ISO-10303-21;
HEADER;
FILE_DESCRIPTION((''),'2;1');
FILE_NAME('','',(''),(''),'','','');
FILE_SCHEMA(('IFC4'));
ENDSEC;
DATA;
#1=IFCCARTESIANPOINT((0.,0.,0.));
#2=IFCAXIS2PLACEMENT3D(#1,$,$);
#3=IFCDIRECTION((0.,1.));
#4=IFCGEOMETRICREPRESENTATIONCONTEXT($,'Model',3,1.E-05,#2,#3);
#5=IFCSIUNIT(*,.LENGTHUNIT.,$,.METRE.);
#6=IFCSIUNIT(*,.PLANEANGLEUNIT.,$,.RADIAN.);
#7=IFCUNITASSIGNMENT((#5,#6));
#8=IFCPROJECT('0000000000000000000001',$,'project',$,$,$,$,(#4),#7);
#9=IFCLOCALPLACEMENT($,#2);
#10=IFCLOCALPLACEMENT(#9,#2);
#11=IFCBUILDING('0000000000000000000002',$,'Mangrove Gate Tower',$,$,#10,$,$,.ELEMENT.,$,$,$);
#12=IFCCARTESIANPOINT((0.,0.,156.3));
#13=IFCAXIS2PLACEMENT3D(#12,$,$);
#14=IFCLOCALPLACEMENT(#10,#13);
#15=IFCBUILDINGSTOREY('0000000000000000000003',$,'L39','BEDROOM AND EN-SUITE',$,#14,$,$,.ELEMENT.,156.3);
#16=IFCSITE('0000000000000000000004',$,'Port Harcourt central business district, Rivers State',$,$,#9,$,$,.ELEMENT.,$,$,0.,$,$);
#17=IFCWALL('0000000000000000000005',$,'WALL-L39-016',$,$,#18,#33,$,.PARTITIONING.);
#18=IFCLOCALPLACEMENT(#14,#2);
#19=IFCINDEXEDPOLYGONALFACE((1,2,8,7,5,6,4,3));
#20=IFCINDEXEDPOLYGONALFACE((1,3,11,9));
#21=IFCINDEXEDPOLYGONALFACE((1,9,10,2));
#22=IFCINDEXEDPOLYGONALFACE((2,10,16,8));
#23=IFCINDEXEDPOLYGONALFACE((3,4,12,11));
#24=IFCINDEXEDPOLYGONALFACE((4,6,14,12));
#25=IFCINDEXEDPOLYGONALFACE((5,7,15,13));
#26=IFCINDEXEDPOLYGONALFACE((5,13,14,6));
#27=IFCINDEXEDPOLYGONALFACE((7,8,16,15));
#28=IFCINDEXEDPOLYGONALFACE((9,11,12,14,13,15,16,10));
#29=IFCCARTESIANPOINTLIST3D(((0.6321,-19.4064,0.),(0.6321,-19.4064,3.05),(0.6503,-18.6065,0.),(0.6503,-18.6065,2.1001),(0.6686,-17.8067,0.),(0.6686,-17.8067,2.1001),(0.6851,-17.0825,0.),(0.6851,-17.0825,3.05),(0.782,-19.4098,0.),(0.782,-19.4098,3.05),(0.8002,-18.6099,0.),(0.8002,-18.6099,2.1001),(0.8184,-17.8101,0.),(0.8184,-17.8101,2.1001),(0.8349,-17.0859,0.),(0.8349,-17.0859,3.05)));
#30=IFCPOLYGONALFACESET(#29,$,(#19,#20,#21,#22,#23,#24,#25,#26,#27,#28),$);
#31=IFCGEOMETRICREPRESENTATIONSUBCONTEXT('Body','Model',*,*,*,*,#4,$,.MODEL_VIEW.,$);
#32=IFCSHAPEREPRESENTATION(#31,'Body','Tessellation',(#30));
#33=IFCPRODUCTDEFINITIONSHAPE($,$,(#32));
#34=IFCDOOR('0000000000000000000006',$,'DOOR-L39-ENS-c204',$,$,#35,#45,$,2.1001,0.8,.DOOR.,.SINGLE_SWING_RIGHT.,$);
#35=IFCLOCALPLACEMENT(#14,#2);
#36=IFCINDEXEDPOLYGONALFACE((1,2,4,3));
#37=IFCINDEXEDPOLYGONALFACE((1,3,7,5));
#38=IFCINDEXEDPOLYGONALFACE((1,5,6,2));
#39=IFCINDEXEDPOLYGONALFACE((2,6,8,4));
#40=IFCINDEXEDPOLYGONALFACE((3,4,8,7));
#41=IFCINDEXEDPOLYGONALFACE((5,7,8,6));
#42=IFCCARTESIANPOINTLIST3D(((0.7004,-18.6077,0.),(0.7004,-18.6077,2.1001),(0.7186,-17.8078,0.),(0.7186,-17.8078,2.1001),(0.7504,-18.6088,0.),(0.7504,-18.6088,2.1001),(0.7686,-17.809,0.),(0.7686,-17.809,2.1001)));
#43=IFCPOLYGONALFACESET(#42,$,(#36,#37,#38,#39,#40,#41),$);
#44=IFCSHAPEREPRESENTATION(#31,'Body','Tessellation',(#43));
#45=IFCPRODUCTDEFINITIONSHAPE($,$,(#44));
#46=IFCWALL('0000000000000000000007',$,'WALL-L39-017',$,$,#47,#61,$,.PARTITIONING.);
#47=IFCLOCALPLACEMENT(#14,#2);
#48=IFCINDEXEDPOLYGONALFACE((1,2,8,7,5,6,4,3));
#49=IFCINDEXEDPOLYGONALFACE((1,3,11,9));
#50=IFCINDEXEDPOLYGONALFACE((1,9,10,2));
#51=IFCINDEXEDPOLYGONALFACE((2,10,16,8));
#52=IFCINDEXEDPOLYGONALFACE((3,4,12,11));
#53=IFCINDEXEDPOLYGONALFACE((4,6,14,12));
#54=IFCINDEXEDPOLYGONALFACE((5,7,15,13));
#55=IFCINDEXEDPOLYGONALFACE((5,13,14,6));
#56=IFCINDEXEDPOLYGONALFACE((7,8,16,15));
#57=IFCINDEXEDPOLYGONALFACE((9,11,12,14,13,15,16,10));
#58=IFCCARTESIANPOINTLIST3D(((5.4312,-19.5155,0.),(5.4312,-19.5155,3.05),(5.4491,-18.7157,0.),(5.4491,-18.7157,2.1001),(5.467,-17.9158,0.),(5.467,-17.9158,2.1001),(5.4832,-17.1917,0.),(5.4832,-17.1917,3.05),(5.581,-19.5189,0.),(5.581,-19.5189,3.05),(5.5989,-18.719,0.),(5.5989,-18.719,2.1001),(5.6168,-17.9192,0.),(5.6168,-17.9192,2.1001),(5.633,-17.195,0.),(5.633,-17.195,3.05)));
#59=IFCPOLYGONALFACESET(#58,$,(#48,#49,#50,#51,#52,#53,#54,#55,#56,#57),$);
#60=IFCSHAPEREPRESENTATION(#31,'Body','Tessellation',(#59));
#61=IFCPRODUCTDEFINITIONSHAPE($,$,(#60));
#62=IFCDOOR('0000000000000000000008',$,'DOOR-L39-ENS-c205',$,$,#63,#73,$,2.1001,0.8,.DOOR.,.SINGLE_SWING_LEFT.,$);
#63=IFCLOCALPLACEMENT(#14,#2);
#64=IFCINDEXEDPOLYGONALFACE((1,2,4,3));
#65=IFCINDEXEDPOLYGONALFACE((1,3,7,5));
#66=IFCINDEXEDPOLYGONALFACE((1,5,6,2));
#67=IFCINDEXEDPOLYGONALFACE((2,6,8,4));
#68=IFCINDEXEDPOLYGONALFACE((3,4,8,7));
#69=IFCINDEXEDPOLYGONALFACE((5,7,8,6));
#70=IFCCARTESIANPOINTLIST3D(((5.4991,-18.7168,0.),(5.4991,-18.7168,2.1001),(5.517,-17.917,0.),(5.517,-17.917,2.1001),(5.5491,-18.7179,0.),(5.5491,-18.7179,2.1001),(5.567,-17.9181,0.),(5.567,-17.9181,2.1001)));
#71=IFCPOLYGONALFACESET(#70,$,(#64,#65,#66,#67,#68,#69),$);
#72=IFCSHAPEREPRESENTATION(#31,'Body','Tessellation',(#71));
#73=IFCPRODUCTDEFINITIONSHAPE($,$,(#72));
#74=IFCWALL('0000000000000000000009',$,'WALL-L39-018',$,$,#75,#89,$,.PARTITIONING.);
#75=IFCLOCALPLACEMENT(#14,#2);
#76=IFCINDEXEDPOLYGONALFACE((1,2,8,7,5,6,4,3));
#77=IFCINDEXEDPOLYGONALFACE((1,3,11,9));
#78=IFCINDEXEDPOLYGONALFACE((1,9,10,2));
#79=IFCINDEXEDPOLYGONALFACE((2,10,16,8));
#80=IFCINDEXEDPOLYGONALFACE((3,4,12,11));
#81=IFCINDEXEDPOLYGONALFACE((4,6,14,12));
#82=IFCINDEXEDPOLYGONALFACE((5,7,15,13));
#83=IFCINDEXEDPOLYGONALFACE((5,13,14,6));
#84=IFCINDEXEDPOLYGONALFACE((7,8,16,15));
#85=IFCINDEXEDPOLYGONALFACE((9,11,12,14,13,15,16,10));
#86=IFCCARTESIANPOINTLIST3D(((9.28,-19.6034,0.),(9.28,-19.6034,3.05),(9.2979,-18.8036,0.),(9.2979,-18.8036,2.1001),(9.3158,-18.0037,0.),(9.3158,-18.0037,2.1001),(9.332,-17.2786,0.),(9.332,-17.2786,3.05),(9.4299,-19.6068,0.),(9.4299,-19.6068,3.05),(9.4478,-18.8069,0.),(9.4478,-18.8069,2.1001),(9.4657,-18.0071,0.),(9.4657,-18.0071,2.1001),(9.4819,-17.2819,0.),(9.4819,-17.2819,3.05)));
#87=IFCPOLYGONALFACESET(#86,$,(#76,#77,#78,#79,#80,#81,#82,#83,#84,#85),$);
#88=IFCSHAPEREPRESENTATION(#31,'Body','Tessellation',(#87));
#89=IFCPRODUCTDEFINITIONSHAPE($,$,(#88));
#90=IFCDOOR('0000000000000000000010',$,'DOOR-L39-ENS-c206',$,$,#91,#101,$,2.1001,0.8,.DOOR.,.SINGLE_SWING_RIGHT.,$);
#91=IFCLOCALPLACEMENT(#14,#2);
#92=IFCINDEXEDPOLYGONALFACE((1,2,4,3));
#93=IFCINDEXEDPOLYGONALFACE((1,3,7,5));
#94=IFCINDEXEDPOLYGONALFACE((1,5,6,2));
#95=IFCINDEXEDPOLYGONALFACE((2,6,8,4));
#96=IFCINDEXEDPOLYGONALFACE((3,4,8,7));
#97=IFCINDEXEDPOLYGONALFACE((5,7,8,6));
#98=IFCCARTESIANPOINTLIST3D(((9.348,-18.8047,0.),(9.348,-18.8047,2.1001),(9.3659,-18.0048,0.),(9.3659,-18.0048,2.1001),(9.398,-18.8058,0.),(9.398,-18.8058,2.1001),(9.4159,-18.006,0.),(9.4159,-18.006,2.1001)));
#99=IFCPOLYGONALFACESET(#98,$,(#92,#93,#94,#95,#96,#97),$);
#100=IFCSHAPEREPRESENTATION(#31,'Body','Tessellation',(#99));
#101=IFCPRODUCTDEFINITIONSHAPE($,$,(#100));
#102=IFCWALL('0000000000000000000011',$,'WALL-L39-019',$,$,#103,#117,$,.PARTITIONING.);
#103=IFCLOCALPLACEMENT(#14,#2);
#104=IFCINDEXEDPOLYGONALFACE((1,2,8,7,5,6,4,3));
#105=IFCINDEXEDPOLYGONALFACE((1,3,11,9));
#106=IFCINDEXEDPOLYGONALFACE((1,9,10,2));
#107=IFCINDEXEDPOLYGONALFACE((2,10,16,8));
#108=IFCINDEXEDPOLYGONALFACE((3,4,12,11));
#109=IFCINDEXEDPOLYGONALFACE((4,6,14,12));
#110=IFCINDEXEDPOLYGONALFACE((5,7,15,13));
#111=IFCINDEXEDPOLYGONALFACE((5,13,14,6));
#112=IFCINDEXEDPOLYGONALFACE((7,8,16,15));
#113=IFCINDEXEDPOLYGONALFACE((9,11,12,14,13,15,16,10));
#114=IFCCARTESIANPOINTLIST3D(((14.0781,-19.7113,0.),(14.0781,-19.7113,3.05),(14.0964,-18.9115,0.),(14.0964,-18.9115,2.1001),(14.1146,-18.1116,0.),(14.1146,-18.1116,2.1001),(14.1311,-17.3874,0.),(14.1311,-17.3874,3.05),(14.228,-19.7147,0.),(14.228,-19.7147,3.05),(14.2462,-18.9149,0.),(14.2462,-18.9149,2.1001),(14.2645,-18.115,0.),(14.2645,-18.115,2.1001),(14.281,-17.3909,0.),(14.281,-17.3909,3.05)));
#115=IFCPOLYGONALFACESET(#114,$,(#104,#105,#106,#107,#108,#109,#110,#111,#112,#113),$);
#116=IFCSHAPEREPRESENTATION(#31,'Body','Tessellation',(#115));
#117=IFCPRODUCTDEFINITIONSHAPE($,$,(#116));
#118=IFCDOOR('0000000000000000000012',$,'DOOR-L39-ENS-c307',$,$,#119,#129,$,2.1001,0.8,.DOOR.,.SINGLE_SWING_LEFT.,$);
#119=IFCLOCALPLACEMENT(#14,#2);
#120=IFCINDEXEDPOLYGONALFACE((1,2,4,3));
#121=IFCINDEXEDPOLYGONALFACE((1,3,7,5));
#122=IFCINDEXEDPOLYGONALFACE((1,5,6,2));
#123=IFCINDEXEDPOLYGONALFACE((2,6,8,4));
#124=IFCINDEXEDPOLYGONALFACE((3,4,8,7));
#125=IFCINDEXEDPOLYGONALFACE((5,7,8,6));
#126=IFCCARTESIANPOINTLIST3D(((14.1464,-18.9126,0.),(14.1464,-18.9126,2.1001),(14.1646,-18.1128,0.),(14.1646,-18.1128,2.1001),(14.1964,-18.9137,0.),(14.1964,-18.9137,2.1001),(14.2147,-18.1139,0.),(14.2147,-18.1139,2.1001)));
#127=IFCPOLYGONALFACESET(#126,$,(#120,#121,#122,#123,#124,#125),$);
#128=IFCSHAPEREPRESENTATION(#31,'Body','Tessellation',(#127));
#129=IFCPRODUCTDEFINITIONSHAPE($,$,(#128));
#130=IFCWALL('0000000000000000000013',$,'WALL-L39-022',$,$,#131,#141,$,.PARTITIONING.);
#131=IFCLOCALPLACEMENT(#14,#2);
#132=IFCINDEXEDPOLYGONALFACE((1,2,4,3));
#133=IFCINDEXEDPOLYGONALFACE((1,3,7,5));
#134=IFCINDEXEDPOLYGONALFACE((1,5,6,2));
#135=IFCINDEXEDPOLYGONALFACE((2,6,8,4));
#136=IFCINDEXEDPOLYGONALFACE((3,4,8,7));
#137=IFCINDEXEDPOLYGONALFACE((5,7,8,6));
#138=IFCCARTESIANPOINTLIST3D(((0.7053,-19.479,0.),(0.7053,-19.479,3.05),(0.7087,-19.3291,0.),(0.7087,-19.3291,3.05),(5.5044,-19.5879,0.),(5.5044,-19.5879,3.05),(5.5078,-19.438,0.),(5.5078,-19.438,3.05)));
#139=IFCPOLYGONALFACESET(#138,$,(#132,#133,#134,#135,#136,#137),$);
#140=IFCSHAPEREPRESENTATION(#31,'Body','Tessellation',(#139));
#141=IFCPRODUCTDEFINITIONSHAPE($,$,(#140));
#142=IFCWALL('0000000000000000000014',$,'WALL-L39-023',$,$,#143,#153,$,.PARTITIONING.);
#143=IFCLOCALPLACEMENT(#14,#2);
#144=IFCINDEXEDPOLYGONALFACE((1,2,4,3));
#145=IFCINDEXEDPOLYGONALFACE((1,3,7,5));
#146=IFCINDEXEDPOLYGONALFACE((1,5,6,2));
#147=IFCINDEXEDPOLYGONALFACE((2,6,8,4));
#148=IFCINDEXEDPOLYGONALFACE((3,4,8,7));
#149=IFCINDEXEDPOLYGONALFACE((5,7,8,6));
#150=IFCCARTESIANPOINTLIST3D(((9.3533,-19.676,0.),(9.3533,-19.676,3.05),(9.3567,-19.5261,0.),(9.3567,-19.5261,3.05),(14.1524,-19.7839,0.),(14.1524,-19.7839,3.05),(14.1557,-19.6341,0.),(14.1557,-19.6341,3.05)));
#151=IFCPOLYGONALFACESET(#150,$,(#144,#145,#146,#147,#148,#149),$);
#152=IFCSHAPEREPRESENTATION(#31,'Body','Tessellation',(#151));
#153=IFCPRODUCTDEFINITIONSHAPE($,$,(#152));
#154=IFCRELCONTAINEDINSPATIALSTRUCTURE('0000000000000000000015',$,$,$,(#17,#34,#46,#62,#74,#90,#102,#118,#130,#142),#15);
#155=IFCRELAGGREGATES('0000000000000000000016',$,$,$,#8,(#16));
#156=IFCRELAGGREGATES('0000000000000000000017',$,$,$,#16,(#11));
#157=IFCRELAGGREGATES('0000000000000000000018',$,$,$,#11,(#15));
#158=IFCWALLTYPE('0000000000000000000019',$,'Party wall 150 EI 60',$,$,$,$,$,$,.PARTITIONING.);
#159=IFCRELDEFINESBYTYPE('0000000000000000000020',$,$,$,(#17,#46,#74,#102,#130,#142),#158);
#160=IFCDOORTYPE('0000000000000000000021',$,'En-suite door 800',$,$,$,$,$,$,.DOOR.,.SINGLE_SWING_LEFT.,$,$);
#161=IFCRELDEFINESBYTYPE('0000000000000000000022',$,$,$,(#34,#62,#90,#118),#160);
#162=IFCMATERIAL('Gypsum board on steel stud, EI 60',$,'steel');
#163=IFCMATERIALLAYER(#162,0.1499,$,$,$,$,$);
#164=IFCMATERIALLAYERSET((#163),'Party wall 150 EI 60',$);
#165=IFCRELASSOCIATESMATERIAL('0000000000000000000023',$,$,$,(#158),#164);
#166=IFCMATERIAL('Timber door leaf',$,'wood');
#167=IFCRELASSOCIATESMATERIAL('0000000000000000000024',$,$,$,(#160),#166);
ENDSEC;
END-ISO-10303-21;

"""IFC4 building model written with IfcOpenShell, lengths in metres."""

from ifc_helpers import new_model, si_unit, direction, frame, frame_2d, origin, place, context, subcontext, project, spatial, rectangle, extrude, material, layer, layer_set, type_object, element, fill, save


model = new_model("IFC4")

# Units and contexts
model_context = context("Model", 3, precision=1e-05, world=origin(), true_north=direction((0.0, 1.0)))
body_context = subcontext(model_context, "Body", "Model", "MODEL_VIEW")
ifc_project = project(units=[si_unit("LENGTHUNIT", "METRE"), si_unit("PLANEANGLEUNIT", "RADIAN")], contexts=[model_context])

# Site, building, storey
site_placement = place(None, origin())
site = spatial("IfcSite", under=ifc_project, at=site_placement, Name="Port Harcourt central business district, Rivers State", CompositionType="ELEMENT", RefElevation=0.0)
building_placement = place(site_placement, origin())
building = spatial("IfcBuilding", under=site, at=building_placement, Name="Mangrove Gate Tower", CompositionType="ELEMENT")
storey_placement = place(building_placement, frame((0.0, 0.0, 156.3)))
storey = spatial("IfcBuildingStorey", under=building, at=storey_placement, Name="L39", Description="BEDROOM AND EN-SUITE", CompositionType="ELEMENT", Elevation=156.3)

# Shared definitions
ifc_material_1 = material(Name="Gypsum board on steel stud, EI 60", Category="steel")
ifc_layer_1 = layer(ifc_material_1, 0.1499)
ifc_layer_set_1 = layer_set([ifc_layer_1], Name="Party wall 150 EI 60")
wall_type_1 = type_object("IfcWallType", Name="Party wall 150 EI 60", PredefinedType="PARTITIONING", material=ifc_layer_set_1)

# Walls, openings, doors
wall_1_placement = place(storey_placement, frame((0.707, -19.408, 0.0), z_axis=(0.0, 0.0, 1.0), x_axis=(0.022791, 0.99974, 0.0)))
wall_1 = element("IfcWall", 1, at=wall_1_placement, inside=storey, type_object=wall_type_1, Name="WALL-L39-016", PredefinedType="PARTITIONING", context=body_context, shape_type="SweptSolid", body=[
    extrude(rectangle(XDim=2.3245, YDim=0.1499, at=frame_2d((1.1621, 0.0))), origin(), (0.0, 0.0, 1.0), 3.05),
])
opening_1_placement = place(wall_1_placement, frame((0.8, 0.0, 0.0)))
opening_1 = element("IfcOpeningElement", 2, at=opening_1_placement, cuts=wall_1, PredefinedType="OPENING", context=body_context, shape_type="SweptSolid", body=[
    extrude(rectangle(XDim=0.8, YDim=2.1001, at=frame_2d((0.3999, 1.05))), frame((0.0, 0.085, 0.0), z_axis=(0.0, -1.0, 0.0), x_axis=(1.0, 0.0, 0.0)), (0.0, 0.0, 1.0), 0.1699),
])
ifc_material_2 = material(Name="Timber door leaf", Category="wood")
door_type_1 = type_object("IfcDoorType", Name="En-suite door 800", OperationType="SINGLE_SWING_LEFT", PredefinedType="DOOR", material=ifc_material_2)
door_1_placement = place(opening_1_placement, origin())
door_1 = element("IfcDoor", 3, at=door_1_placement, inside=storey, type_object=door_type_1, Name="DOOR-L39-ENS-c204", OperationType="SINGLE_SWING_RIGHT", OverallHeight=2.1001, OverallWidth=0.8, PredefinedType="DOOR", context=body_context, shape_type="SweptSolid", body=[
    extrude(rectangle(XDim=0.8, YDim=2.1001, at=frame_2d((0.3999, 1.05))), frame((0.0, 0.0249, 0.0), z_axis=(0.0, -1.0, 0.0), x_axis=(1.0, 0.0, 0.0)), (0.0, 0.0, 1.0), 0.05),
])
fill(opening_1, door_1)
wall_2_placement = place(storey_placement, frame((5.5061, -19.5171, 0.0), z_axis=(0.0, 0.0, 1.0), x_axis=(0.022371, 0.99975, 0.0)))
wall_2 = element("IfcWall", 4, at=wall_2_placement, inside=storey, type_object=wall_type_1, Name="WALL-L39-017", PredefinedType="PARTITIONING", context=body_context, shape_type="SweptSolid", body=[
    extrude(rectangle(XDim=2.3245, YDim=0.1499, at=frame_2d((1.1621, 0.0))), origin(), (0.0, 0.0, 1.0), 3.05),
])
opening_2_placement = place(wall_2_placement, frame((0.8, 0.0, 0.0)))
opening_2 = element("IfcOpeningElement", 5, at=opening_2_placement, cuts=wall_2, PredefinedType="OPENING", context=body_context, shape_type="SweptSolid", body=[
    extrude(rectangle(XDim=0.8, YDim=2.1001, at=frame_2d((0.3999, 1.05))), frame((0.0, 0.085, 0.0), z_axis=(0.0, -1.0, 0.0), x_axis=(1.0, 0.0, 0.0)), (0.0, 0.0, 1.0), 0.1699),
])
door_2_placement = place(opening_2_placement, origin())
door_2 = element("IfcDoor", 6, at=door_2_placement, inside=storey, type_object=door_type_1, Name="DOOR-L39-ENS-c205", OperationType="SINGLE_SWING_LEFT", OverallHeight=2.1001, OverallWidth=0.8, PredefinedType="DOOR", context=body_context, shape_type="SweptSolid", body=[
    extrude(rectangle(XDim=0.8, YDim=2.1001, at=frame_2d((0.3999, 1.05))), frame((0.0, 0.0249, 0.0), z_axis=(0.0, -1.0, 0.0), x_axis=(1.0, 0.0, 0.0)), (0.0, 0.0, 1.0), 0.05),
])
fill(opening_2, door_2)
wall_3_placement = place(storey_placement, frame((9.355, -19.605, 0.0), z_axis=(0.0, 0.0, 1.0), x_axis=(0.022361, 0.99975, 0.0)))
wall_3 = element("IfcWall", 7, at=wall_3_placement, inside=storey, type_object=wall_type_1, Name="WALL-L39-018", PredefinedType="PARTITIONING", context=body_context, shape_type="SweptSolid", body=[
    extrude(rectangle(XDim=2.3254, YDim=0.1499, at=frame_2d((1.1626, 0.0))), origin(), (0.0, 0.0, 1.0), 3.05),
])
opening_3_placement = place(wall_3_placement, frame((0.8, 0.0, 0.0)))
opening_3 = element("IfcOpeningElement", 8, at=opening_3_placement, cuts=wall_3, PredefinedType="OPENING", context=body_context, shape_type="SweptSolid", body=[
    extrude(rectangle(XDim=0.8, YDim=2.1001, at=frame_2d((0.3999, 1.05))), frame((0.0, 0.085, 0.0), z_axis=(0.0, -1.0, 0.0), x_axis=(1.0, 0.0, 0.0)), (0.0, 0.0, 1.0), 0.1699),
])
door_3_placement = place(opening_3_placement, origin())
door_3 = element("IfcDoor", 9, at=door_3_placement, inside=storey, type_object=door_type_1, Name="DOOR-L39-ENS-c206", OperationType="SINGLE_SWING_RIGHT", OverallHeight=2.1001, OverallWidth=0.8, PredefinedType="DOOR", context=body_context, shape_type="SweptSolid", body=[
    extrude(rectangle(XDim=0.8, YDim=2.1001, at=frame_2d((0.3999, 1.05))), frame((0.0, 0.0249, 0.0), z_axis=(0.0, -1.0, 0.0), x_axis=(1.0, 0.0, 0.0)), (0.0, 0.0, 1.0), 0.05),
])
fill(opening_3, door_3)
wall_4_placement = place(storey_placement, frame((14.1531, -19.7129, 0.0), z_axis=(0.0, 0.0, 1.0), x_axis=(0.022791, 0.99974, 0.0)))
wall_4 = element("IfcWall", 10, at=wall_4_placement, inside=storey, type_object=wall_type_1, Name="WALL-L39-019", PredefinedType="PARTITIONING", context=body_context, shape_type="SweptSolid", body=[
    extrude(rectangle(XDim=2.3245, YDim=0.1499, at=frame_2d((1.1621, 0.0))), origin(), (0.0, 0.0, 1.0), 3.05),
])
opening_4_placement = place(wall_4_placement, frame((0.8, 0.0, 0.0)))
opening_4 = element("IfcOpeningElement", 11, at=opening_4_placement, cuts=wall_4, PredefinedType="OPENING", context=body_context, shape_type="SweptSolid", body=[
    extrude(rectangle(XDim=0.8, YDim=2.1001, at=frame_2d((0.3999, 1.05))), frame((0.0, 0.085, 0.0), z_axis=(0.0, -1.0, 0.0), x_axis=(1.0, 0.0, 0.0)), (0.0, 0.0, 1.0), 0.1699),
])
door_4_placement = place(opening_4_placement, origin())
door_4 = element("IfcDoor", 12, at=door_4_placement, inside=storey, type_object=door_type_1, Name="DOOR-L39-ENS-c307", OperationType="SINGLE_SWING_LEFT", OverallHeight=2.1001, OverallWidth=0.8, PredefinedType="DOOR", context=body_context, shape_type="SweptSolid", body=[
    extrude(rectangle(XDim=0.8, YDim=2.1001, at=frame_2d((0.3999, 1.05))), frame((0.0, 0.0249, 0.0), z_axis=(0.0, -1.0, 0.0), x_axis=(1.0, 0.0, 0.0)), (0.0, 0.0, 1.0), 0.05),
])
fill(opening_4, door_4)

# Walls
for number, where, z_axis, x_axis, name in (
    (13, (0.707, -19.4041, 0.0), (0.0, 0.0, 1.0), (0.999743, -0.022683, 0.0), "WALL-L39-022"),
    (14, (9.355, -19.6011, 0.0), (0.0, 0.0, 1.0), (0.999747, -0.02248, 0.0), "WALL-L39-023"),
):
    element("IfcWall", number, at=place(storey_placement, frame(where, z_axis=z_axis, x_axis=x_axis)), inside=storey, type_object=wall_type_1, Name=name, PredefinedType="PARTITIONING", context=body_context, shape_type="SweptSolid", body=[
        extrude(rectangle(XDim=4.8003, YDim=0.1499, at=frame_2d((2.4001, 0.0))), origin(), (0.0, 0.0, 1.0), 3.05),
    ])

save(model, "model.ifc")
